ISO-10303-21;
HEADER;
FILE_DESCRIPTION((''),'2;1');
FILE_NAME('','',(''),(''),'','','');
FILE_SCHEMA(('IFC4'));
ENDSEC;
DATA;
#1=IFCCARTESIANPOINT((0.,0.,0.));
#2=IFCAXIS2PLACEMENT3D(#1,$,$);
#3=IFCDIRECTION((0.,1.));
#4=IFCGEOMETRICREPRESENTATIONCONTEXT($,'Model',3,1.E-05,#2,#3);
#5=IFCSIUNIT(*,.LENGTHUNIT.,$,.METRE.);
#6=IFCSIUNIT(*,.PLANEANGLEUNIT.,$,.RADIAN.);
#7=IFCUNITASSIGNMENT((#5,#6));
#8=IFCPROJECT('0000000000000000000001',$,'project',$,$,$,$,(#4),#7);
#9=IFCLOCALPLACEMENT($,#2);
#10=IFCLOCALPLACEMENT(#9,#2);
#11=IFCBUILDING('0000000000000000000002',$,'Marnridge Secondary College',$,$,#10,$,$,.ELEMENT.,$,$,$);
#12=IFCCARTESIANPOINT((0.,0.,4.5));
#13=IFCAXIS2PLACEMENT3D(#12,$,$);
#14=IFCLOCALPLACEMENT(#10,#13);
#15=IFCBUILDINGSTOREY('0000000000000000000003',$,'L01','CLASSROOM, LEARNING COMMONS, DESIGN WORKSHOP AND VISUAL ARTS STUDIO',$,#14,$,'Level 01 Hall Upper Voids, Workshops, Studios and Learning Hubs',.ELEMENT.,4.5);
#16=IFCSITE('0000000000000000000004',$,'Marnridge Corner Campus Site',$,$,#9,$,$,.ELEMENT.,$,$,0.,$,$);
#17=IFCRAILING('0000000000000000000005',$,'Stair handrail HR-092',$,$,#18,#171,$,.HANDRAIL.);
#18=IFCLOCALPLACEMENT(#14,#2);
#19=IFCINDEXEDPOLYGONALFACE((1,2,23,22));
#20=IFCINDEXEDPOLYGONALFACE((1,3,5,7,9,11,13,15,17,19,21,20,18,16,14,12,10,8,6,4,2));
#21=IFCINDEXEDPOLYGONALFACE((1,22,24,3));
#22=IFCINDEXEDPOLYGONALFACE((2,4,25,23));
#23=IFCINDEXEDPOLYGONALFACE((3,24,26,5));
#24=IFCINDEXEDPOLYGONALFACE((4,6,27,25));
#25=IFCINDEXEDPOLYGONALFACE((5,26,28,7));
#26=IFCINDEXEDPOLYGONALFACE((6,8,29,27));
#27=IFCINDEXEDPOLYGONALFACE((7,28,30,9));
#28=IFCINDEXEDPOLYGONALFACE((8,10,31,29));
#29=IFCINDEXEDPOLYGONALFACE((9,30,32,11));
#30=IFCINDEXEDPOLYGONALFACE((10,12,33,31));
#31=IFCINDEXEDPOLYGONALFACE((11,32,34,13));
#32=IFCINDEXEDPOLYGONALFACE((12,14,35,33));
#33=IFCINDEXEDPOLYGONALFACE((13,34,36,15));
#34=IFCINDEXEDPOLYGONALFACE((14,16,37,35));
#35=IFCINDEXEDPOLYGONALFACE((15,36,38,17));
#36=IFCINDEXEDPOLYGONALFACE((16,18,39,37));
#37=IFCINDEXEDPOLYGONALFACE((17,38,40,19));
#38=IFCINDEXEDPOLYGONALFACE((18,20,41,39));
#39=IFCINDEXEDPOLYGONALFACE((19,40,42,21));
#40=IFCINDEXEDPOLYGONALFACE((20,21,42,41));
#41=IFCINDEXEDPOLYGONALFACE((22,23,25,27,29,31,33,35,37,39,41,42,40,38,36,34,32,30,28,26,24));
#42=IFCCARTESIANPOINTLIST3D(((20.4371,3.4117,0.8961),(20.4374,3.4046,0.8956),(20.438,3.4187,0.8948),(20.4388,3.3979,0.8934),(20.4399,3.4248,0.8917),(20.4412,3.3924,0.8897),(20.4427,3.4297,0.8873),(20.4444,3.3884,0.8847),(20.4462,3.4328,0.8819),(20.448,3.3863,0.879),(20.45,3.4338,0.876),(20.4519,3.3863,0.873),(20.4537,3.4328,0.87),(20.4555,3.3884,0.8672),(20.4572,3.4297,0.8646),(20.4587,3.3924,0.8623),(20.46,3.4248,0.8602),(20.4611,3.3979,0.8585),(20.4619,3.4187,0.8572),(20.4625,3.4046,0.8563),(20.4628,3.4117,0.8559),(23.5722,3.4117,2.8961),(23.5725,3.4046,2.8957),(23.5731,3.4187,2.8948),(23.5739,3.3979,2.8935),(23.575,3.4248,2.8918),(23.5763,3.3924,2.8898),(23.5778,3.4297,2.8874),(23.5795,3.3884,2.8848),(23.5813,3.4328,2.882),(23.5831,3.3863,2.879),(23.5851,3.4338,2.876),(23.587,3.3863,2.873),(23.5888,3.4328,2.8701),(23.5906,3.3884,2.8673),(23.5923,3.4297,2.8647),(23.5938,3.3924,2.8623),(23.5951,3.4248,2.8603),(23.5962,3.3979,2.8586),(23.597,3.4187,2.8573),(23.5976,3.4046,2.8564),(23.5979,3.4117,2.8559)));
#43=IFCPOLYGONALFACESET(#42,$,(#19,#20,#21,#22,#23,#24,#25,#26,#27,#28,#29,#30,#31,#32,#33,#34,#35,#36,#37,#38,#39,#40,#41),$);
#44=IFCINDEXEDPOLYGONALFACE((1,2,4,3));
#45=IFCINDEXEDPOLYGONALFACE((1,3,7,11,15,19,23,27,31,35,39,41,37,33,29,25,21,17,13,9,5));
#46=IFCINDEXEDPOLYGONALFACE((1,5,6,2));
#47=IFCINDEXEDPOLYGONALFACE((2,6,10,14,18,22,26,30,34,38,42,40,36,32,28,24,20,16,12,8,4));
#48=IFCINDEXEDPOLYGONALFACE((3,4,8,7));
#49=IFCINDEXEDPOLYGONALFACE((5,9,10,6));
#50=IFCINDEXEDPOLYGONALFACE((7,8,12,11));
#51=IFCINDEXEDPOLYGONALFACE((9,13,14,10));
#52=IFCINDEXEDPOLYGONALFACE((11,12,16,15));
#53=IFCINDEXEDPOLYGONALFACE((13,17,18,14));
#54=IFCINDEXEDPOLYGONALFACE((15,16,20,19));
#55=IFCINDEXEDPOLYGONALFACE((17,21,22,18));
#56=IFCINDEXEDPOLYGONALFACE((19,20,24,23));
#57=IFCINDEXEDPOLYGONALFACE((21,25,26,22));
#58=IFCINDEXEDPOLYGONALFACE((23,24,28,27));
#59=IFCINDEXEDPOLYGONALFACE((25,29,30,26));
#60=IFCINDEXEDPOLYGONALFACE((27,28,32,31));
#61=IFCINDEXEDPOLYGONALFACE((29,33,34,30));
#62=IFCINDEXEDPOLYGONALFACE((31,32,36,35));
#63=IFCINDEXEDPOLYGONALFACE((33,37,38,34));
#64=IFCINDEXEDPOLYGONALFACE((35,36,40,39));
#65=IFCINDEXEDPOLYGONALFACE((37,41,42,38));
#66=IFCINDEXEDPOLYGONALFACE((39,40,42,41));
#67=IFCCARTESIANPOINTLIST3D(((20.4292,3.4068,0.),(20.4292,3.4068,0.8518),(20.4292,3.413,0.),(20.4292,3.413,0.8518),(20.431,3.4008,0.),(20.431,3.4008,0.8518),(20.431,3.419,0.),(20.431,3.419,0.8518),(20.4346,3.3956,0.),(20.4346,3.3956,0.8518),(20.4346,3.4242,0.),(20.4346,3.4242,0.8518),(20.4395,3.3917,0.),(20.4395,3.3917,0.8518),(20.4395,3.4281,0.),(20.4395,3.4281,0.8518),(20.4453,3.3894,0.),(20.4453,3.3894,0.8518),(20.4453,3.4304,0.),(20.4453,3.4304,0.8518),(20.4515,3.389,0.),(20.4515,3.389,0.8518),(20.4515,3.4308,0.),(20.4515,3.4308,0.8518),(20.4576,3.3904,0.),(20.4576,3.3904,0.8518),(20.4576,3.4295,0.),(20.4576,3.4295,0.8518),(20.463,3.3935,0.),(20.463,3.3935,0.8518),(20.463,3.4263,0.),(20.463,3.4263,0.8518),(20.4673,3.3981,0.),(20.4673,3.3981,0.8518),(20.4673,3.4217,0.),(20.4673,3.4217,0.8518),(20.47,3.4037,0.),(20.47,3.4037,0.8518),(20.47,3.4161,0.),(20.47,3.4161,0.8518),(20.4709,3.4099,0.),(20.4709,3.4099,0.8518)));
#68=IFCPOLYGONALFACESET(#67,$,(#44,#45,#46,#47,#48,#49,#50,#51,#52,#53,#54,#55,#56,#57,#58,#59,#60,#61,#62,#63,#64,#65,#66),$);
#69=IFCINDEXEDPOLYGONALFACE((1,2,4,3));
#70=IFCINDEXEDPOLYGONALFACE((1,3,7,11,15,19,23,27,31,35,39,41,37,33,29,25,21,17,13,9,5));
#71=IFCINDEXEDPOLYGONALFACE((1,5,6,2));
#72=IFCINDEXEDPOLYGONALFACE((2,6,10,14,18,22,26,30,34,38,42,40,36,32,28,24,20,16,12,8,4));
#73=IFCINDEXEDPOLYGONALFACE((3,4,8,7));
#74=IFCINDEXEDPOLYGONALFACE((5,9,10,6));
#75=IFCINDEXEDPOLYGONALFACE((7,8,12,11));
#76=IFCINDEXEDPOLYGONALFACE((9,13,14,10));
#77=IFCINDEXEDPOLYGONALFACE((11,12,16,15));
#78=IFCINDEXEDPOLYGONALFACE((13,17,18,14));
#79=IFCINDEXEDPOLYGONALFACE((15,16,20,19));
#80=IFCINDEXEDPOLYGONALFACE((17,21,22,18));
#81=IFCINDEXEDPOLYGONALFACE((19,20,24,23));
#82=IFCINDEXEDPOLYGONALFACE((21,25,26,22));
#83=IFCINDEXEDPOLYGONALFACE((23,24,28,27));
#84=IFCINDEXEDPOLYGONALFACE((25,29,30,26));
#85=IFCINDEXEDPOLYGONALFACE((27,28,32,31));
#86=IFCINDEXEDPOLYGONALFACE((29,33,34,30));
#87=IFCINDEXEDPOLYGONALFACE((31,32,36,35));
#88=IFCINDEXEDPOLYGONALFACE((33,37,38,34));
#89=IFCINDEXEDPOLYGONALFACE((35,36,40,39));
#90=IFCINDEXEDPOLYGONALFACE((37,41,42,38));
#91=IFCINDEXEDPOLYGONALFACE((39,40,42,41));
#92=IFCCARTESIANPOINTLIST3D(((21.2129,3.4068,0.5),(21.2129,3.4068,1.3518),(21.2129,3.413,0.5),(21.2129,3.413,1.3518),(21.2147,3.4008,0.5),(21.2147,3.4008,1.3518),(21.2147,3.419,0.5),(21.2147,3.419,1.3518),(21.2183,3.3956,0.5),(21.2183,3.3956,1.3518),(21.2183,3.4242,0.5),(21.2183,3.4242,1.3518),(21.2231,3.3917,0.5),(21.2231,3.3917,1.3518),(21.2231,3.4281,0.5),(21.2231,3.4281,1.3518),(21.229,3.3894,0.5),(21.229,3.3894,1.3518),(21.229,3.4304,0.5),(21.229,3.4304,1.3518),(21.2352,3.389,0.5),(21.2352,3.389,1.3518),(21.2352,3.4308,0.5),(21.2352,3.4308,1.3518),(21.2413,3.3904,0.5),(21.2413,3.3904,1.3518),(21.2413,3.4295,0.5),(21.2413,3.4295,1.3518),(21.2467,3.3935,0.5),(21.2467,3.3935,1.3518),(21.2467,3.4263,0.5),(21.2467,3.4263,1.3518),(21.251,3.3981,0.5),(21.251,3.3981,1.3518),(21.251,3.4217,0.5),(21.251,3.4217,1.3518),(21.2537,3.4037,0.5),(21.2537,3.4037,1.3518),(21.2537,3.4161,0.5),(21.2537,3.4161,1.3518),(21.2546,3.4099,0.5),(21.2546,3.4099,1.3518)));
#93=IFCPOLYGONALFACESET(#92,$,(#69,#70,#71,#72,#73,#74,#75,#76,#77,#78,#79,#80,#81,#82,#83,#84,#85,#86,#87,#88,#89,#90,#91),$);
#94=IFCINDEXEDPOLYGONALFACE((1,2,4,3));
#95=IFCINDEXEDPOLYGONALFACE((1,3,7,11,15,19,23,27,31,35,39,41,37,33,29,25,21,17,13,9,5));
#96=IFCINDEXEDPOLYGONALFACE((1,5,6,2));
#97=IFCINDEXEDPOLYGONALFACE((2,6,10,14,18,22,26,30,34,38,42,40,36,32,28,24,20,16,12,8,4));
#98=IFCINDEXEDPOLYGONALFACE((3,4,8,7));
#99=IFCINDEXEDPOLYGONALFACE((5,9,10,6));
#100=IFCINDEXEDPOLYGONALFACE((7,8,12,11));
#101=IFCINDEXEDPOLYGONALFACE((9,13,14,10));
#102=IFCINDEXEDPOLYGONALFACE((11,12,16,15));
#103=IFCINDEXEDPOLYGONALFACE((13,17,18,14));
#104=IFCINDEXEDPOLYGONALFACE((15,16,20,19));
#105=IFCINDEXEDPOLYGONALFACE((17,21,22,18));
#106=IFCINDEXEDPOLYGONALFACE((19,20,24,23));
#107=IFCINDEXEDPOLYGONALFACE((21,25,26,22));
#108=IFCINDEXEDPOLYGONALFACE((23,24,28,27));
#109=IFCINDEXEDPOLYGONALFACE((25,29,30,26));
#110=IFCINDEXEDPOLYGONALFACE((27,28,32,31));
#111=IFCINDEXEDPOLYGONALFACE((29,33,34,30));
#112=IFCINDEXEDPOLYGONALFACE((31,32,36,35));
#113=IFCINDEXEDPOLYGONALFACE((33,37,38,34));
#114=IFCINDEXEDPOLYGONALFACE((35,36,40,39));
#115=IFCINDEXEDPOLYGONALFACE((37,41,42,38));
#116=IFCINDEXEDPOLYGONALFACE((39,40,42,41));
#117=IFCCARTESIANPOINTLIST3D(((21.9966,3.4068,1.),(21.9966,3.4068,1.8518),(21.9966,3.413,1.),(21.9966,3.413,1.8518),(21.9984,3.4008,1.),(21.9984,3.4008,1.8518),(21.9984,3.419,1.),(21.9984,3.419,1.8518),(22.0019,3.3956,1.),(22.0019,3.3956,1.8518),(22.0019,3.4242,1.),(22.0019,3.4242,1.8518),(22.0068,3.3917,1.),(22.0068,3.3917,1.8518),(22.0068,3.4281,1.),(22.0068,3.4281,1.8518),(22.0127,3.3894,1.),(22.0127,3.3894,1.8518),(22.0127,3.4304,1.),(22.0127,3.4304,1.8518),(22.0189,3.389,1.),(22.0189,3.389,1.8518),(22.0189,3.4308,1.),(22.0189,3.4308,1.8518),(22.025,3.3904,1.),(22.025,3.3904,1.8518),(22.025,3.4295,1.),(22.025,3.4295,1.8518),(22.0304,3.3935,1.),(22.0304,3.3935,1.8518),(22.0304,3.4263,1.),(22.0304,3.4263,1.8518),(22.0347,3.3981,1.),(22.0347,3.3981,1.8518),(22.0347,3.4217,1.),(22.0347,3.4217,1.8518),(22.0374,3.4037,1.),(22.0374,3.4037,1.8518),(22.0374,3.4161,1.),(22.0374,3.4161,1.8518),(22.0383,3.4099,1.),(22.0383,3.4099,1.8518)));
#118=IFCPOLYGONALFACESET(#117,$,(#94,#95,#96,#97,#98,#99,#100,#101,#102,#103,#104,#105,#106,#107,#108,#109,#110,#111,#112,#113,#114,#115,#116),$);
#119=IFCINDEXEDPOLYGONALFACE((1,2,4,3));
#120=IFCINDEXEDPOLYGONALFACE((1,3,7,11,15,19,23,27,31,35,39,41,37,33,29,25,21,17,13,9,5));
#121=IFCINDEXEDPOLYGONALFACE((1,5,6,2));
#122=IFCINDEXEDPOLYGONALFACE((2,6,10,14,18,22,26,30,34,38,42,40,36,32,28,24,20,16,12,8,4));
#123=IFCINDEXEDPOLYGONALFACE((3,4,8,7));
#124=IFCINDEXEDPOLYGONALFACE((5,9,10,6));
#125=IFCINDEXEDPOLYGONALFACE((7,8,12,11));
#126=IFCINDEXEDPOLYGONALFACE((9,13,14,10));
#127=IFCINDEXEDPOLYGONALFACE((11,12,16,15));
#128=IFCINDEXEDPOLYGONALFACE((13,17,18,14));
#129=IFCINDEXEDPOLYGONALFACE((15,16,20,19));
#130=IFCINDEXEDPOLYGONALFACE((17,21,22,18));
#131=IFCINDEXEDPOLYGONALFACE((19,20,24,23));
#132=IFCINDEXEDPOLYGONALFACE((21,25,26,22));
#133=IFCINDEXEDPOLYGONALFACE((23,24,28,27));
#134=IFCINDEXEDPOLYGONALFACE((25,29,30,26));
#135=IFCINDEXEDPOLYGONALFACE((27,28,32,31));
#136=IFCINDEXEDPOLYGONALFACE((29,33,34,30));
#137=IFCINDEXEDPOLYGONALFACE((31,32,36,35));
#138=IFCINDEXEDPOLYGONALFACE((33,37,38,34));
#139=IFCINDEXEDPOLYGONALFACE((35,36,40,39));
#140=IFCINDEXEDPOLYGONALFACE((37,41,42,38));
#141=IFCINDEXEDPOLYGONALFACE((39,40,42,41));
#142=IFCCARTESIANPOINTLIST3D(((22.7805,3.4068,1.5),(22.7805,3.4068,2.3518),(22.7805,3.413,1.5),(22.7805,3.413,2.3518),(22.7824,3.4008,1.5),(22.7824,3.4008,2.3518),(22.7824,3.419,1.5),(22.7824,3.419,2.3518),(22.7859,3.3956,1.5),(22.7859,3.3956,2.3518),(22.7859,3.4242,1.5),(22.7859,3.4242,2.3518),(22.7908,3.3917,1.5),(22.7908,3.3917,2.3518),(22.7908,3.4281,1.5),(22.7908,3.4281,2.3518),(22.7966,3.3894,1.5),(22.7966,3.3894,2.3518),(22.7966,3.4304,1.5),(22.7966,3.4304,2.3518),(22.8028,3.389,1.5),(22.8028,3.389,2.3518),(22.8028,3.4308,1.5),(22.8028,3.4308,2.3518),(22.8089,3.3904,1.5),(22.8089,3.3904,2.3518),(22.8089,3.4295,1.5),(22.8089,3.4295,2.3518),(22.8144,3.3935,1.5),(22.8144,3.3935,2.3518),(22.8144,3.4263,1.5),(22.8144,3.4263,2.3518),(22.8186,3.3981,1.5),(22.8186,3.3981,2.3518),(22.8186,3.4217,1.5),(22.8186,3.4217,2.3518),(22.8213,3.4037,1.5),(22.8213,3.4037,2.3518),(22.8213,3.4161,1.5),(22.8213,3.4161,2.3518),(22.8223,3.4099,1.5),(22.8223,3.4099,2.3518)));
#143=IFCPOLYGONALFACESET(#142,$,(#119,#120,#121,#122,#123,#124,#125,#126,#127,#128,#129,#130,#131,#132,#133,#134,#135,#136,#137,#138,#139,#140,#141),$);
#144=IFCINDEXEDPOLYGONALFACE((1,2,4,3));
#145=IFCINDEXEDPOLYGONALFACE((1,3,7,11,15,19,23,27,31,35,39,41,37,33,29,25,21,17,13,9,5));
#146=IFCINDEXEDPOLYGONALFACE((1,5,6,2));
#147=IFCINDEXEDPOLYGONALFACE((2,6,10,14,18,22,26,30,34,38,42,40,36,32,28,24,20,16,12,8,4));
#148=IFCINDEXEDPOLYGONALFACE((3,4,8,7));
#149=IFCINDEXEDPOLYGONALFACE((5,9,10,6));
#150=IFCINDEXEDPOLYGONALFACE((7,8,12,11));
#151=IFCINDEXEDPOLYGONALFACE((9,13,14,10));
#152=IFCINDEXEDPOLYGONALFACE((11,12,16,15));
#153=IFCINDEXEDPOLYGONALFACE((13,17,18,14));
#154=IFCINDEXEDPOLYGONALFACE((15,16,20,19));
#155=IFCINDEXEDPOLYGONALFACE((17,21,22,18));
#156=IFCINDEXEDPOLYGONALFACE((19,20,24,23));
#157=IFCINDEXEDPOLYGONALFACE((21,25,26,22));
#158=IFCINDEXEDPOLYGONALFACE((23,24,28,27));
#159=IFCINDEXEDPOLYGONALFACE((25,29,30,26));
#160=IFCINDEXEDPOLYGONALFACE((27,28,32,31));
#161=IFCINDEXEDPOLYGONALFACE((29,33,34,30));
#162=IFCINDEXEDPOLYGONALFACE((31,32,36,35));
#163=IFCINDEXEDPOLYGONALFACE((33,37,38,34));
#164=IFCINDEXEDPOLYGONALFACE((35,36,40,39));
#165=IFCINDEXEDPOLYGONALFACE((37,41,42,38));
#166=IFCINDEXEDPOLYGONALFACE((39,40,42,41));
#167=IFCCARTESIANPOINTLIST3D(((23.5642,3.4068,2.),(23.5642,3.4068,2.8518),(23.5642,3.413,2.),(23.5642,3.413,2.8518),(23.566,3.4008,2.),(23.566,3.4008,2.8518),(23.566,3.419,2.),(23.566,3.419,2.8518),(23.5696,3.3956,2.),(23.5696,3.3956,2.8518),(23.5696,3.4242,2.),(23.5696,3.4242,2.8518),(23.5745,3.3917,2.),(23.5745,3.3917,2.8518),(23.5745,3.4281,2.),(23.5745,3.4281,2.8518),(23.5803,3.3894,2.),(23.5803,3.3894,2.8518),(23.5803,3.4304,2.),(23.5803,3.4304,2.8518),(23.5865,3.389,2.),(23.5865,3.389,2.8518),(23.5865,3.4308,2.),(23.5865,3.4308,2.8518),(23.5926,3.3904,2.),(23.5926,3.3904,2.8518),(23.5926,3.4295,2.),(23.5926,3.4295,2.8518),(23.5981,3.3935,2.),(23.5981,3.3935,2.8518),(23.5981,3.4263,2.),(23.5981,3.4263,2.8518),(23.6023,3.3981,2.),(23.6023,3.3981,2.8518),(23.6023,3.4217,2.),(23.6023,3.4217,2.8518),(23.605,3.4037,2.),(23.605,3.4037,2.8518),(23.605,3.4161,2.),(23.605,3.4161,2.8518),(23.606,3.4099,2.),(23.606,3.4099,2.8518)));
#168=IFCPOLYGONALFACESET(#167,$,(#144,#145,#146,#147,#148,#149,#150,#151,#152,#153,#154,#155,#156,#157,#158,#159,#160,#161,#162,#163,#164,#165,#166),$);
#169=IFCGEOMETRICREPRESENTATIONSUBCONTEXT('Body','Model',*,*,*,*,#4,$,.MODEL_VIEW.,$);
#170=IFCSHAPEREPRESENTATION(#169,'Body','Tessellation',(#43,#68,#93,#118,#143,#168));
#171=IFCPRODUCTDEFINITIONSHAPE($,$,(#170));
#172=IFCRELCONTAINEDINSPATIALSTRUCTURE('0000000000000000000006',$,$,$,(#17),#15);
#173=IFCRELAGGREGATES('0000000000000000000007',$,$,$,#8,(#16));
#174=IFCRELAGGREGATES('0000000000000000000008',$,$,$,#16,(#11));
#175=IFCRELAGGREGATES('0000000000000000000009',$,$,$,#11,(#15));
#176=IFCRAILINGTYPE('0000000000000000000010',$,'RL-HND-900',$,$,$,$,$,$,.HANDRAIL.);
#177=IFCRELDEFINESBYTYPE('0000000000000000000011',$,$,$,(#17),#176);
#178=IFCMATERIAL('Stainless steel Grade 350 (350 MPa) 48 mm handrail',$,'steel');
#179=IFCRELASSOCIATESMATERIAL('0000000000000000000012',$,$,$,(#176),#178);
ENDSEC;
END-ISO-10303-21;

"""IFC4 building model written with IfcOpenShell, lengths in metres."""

from ifc_helpers import new_model, si_unit, direction, frame, origin, origin_2d, place, context, subcontext, project, spatial, circle, extrude, material, type_object, element, save


model = new_model("IFC4")

# Units and contexts
model_context = context("Model", 3, precision=1e-05, world=origin(), true_north=direction((0.0, 1.0)))
body_context = subcontext(model_context, "Body", "Model", "MODEL_VIEW")
ifc_project = project(units=[si_unit("LENGTHUNIT", "METRE"), si_unit("PLANEANGLEUNIT", "RADIAN")], contexts=[model_context])

# Site, building, storey
site_placement = place(None, origin())
site = spatial("IfcSite", under=ifc_project, at=site_placement, Name="Marnridge Corner Campus Site", CompositionType="ELEMENT", RefElevation=0.0)
building_placement = place(site_placement, origin())
building = spatial("IfcBuilding", under=site, at=building_placement, Name="Marnridge Secondary College", CompositionType="ELEMENT")
storey_placement = place(building_placement, frame((0.0, 0.0, 4.5)))
storey = spatial("IfcBuildingStorey", under=building, at=storey_placement, Name="L01", Description="CLASSROOM, LEARNING COMMONS, DESIGN WORKSHOP AND VISUAL ARTS STUDIO", LongName="Level 01 Hall Upper Voids, Workshops, Studios and Learning Hubs", CompositionType="ELEMENT", Elevation=4.5)

# Railing
ifc_material_1 = material(Name="Stainless steel Grade 350 (350 MPa) 48 mm handrail", Category="steel")
railing_type_1 = type_object("IfcRailingType", Name="RL-HND-900", PredefinedType="HANDRAIL", material=ifc_material_1)
for number, where, name in (
    (1, (20.45, 3.4099, 0.0), "Stair handrail HR-092"),
):
    element("IfcRailing", number, at=place(storey_placement, frame(where)), inside=storey, type_object=railing_type_1, Name=name, PredefinedType="HANDRAIL", context=body_context, shape_type="SweptSolid", body=[
        extrude(circle(Radius=0.0239, at=origin_2d()), frame((0.0, 0.0, 0.876), z_axis=(0.843053, 0.0, 0.537831), x_axis=(0.0, 1.0, 0.0)), (0.0, 0.0, 1.0), 3.7188),
        extrude(circle(Radius=0.021, at=origin_2d()), origin(), (0.0, 0.0, 1.0), 0.8518),
        extrude(circle(Radius=0.021, at=origin_2d()), frame((0.7837, 0.0, 0.5)), (0.0, 0.0, 1.0), 0.8518),
        extrude(circle(Radius=0.021, at=origin_2d()), frame((1.5674, 0.0, 1.0)), (0.0, 0.0, 1.0), 0.8518),
        extrude(circle(Radius=0.021, at=origin_2d()), frame((2.3513, 0.0, 1.5)), (0.0, 0.0, 1.0), 0.8518),
        extrude(circle(Radius=0.021, at=origin_2d()), frame((3.135, 0.0, 2.0)), (0.0, 0.0, 1.0), 0.8518),
    ])

save(model, "model.ifc")
